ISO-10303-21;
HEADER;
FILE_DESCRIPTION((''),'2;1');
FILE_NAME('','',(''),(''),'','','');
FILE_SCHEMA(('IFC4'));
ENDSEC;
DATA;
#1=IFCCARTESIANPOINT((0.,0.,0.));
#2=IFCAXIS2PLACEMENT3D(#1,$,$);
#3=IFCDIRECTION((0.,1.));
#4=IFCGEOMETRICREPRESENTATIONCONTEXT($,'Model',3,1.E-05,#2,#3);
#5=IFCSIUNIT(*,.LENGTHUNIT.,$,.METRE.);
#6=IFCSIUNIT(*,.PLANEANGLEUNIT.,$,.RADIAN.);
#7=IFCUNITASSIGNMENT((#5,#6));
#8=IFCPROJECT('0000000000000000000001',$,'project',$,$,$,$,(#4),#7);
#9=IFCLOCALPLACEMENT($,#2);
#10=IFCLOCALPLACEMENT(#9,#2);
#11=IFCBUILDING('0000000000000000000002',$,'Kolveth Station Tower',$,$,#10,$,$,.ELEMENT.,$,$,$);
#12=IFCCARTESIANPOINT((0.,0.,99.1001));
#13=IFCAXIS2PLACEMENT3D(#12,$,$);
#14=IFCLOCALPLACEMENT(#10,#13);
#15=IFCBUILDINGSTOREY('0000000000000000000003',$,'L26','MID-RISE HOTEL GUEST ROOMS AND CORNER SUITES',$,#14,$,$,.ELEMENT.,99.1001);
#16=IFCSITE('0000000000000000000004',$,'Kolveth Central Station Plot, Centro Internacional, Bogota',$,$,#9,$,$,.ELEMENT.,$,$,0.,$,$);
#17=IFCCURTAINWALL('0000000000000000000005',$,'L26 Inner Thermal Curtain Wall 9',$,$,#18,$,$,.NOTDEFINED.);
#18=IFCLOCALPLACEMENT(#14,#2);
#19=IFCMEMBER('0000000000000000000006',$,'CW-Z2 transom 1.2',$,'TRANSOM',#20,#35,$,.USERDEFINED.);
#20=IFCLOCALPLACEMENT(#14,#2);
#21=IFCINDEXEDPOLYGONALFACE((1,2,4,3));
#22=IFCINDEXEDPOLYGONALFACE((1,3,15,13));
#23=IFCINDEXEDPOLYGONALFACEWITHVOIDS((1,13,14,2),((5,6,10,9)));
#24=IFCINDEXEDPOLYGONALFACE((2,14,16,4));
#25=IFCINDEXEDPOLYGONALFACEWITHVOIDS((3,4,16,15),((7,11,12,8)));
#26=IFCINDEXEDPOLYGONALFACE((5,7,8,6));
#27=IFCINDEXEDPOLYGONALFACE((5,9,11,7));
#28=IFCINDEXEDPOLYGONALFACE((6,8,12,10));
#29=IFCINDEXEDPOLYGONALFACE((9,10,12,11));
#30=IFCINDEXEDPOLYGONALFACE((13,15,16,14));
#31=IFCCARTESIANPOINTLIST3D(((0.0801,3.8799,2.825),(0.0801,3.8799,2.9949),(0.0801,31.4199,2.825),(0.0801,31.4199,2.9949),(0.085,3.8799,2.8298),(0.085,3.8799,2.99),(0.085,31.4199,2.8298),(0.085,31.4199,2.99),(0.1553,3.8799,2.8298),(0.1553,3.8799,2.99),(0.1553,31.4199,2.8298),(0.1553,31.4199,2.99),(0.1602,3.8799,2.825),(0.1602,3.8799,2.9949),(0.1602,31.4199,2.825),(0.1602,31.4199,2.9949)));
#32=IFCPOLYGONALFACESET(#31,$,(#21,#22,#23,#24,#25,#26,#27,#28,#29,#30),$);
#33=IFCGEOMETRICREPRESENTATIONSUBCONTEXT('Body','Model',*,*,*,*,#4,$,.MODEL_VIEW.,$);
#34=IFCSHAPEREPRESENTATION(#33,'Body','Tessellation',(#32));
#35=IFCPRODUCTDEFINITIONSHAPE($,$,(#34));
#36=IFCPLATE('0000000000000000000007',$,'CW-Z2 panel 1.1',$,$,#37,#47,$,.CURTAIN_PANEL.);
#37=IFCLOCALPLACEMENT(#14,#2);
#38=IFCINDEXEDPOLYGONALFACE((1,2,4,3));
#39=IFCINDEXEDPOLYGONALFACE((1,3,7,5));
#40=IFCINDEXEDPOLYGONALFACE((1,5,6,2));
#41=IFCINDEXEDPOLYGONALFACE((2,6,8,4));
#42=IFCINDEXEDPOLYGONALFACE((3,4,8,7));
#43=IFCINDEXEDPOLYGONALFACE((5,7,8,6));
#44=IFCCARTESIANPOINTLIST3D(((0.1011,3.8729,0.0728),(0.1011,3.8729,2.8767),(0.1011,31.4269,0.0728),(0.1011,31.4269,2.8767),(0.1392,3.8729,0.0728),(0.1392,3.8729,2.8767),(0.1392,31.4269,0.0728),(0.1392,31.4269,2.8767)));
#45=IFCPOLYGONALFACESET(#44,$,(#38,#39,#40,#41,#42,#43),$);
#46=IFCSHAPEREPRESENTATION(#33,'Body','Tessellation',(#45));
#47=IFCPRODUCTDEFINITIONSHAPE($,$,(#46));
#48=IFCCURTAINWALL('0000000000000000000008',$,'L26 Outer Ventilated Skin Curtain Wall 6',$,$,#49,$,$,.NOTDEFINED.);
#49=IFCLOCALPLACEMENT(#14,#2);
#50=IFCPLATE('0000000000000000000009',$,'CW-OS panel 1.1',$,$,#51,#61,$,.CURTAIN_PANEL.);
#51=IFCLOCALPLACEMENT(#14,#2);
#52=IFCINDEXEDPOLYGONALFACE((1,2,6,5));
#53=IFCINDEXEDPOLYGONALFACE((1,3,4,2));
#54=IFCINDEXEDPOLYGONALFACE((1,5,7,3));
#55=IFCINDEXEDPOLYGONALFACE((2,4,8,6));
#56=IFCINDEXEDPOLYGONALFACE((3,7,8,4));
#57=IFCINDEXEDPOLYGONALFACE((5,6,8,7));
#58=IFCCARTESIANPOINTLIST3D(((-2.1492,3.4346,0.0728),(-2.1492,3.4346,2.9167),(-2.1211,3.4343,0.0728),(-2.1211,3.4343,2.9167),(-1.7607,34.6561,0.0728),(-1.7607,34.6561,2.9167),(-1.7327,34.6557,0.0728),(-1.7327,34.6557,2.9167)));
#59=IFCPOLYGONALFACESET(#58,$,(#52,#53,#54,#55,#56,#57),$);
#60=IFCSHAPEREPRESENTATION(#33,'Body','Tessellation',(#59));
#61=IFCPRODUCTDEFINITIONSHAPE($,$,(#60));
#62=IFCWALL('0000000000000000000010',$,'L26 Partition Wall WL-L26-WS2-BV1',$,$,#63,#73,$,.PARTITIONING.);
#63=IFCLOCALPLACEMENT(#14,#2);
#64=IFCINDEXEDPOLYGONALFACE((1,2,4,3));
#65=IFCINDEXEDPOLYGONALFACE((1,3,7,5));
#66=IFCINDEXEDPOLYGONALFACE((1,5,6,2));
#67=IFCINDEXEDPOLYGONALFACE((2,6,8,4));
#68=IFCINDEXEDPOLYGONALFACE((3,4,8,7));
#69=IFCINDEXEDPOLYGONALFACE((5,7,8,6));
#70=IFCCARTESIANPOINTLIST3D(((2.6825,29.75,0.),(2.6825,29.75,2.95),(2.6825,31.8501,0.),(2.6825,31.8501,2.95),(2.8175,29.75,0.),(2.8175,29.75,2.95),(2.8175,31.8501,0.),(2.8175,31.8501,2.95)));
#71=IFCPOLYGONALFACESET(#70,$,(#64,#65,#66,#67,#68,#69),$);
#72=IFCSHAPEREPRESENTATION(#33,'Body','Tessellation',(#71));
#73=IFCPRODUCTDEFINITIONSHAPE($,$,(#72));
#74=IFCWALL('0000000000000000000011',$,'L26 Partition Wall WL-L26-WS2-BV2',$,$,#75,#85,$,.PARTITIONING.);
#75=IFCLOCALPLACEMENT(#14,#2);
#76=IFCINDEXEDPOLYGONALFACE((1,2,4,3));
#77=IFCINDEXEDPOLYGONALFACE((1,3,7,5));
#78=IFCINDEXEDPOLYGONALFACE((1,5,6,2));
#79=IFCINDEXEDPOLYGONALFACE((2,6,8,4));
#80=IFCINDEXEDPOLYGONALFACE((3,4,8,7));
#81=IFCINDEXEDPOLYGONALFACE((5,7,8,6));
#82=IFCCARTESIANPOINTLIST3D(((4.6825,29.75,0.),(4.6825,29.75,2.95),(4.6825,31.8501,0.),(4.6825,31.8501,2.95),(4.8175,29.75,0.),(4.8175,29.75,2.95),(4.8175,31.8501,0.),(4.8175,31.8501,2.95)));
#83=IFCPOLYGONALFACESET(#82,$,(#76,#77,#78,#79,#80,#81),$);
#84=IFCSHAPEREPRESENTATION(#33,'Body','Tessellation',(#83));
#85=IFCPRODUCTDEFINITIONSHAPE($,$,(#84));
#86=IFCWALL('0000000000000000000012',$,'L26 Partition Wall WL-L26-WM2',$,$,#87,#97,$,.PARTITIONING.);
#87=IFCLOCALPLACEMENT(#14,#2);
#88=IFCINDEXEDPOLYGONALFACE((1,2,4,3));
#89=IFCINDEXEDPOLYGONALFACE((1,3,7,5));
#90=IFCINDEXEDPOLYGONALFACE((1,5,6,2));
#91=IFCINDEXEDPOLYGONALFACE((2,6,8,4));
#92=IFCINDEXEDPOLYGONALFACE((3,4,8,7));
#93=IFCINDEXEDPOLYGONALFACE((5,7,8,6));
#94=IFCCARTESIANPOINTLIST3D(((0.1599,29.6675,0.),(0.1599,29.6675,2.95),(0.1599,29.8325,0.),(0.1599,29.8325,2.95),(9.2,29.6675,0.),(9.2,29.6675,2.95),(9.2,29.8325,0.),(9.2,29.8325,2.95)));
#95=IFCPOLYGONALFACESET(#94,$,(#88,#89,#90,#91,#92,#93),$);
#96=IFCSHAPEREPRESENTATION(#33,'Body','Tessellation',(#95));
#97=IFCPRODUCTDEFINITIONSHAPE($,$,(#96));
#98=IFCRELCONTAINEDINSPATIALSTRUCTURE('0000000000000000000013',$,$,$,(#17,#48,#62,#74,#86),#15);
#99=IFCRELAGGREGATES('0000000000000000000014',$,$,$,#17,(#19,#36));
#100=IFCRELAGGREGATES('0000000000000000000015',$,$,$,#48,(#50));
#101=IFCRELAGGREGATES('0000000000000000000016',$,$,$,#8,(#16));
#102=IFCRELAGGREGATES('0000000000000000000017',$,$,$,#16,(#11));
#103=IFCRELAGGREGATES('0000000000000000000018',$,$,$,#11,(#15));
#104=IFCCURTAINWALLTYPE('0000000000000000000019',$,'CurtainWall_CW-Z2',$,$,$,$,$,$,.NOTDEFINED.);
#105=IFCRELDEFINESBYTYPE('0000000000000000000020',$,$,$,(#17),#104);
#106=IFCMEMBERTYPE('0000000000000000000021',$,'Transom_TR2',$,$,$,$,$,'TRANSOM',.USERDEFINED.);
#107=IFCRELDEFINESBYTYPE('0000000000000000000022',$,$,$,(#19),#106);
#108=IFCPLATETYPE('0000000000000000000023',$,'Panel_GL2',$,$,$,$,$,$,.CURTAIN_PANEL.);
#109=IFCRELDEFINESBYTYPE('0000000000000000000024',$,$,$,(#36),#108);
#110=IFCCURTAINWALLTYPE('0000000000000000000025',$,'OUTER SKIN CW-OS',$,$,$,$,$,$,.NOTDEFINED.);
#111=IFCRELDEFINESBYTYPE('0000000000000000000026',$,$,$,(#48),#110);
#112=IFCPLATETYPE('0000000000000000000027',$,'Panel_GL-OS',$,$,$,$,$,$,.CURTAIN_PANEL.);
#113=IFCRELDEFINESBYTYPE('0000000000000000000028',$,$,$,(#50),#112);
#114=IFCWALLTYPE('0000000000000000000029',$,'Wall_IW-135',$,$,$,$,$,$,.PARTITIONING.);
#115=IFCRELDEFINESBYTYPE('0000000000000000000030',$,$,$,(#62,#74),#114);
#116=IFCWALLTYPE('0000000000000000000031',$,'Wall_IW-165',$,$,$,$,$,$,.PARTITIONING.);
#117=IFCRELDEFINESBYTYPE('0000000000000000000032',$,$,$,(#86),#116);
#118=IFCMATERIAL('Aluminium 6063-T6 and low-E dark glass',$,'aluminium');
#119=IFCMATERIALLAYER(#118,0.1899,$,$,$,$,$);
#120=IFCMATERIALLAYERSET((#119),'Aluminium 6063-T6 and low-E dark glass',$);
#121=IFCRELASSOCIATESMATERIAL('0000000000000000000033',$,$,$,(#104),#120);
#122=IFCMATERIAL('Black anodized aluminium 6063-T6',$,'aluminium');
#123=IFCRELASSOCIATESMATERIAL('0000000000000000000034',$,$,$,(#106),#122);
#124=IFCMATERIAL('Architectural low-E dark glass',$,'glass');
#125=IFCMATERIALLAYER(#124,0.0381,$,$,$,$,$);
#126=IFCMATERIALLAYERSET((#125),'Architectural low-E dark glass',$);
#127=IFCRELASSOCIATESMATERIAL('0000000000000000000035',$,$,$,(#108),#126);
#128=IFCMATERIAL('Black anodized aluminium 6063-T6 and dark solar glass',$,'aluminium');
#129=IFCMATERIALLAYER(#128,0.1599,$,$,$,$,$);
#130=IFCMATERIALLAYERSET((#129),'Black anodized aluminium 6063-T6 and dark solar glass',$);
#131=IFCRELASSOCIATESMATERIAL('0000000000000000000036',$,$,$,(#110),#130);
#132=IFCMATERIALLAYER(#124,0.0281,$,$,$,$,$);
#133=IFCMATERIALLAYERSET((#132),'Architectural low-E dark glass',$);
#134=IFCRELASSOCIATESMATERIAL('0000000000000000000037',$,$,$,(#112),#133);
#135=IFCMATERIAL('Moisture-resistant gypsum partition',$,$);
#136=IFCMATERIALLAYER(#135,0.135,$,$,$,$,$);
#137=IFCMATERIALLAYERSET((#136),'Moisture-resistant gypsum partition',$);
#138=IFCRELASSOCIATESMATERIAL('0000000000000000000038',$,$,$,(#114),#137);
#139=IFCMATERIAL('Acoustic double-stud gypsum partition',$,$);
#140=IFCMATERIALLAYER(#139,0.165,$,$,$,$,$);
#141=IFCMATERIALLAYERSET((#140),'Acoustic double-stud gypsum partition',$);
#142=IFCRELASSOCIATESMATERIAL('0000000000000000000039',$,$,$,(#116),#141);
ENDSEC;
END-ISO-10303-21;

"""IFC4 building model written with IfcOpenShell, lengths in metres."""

from ifc_helpers import new_model, si_unit, direction, frame, frame_2d, origin, origin_2d, place, context, subcontext, project, spatial, rectangle, hollow_rectangle, extrude, source, transform, mapped, material, layer, layer_set, material_profile, profile_set, type_object, element, aggregate, save


model = new_model("IFC4")

# Units and contexts
model_context = context("Model", 3, precision=1e-05, world=origin(), true_north=direction((0.0, 1.0)))
body_context = subcontext(model_context, "Body", "Model", "MODEL_VIEW")
ifc_project = project(units=[si_unit("LENGTHUNIT", "METRE"), si_unit("PLANEANGLEUNIT", "RADIAN")], contexts=[model_context])

# Site, building, storey
site_placement = place(None, origin())
site = spatial("IfcSite", under=ifc_project, at=site_placement, Name="Kolveth Central Station Plot, Centro Internacional, Bogota", CompositionType="ELEMENT", RefElevation=0.0)
building_placement = place(site_placement, origin())
building = spatial("IfcBuilding", under=site, at=building_placement, Name="Kolveth Station Tower", CompositionType="ELEMENT")
storey_placement = place(building_placement, frame((0.0, 0.0, 99.1001)))
storey = spatial("IfcBuildingStorey", under=building, at=storey_placement, Name="L26", Description="MID-RISE HOTEL GUEST ROOMS AND CORNER SUITES", CompositionType="ELEMENT", Elevation=99.1001)

# Shared definitions
ifc_material_1 = material(Name="Aluminium 6063-T6 and low-E dark glass", Category="aluminium")
ifc_layer_1 = layer(ifc_material_1, 0.1899)
ifc_layer_set_1 = layer_set([ifc_layer_1], Name="Aluminium 6063-T6 and low-E dark glass")
curtain_wall_type_1 = type_object("IfcCurtainWallType", Name="CurtainWall_CW-Z2", PredefinedType="NOTDEFINED", material=ifc_layer_set_1)
ifc_material_2 = material(Name="Black anodized aluminium 6063-T6", Category="aluminium")

# Curtain wall, member, plate
curtain_wall_1_placement = place(storey_placement, origin())
curtain_wall_1 = element("IfcCurtainWall", 1, at=curtain_wall_1_placement, inside=storey, type_object=curtain_wall_type_1, Name="L26 Inner Thermal Curtain Wall 9", PredefinedType="NOTDEFINED")
ifc_material_profile_1 = material_profile(ifc_material_2, hollow_rectangle(XDim=0.0801, YDim=0.1699, WallThickness=0.0049, at=origin_2d()), Name="ALU-80x170x5")
ifc_profile_set_1 = profile_set([ifc_material_profile_1], Name="Black anodized aluminium 6063-T6")
member_type_1 = type_object("IfcMemberType", Name="Transom_TR2", ElementType="TRANSOM", PredefinedType="USERDEFINED", material=ifc_profile_set_1)
shared_shape_1 = source(origin(), body_context, "Body", "SweptSolid", [
    extrude(hollow_rectangle(XDim=0.0801, YDim=0.1699, WallThickness=0.0049, at=origin_2d()), origin(), (0.0, 0.0, 1.0), 27.54),
])
member_1_placement = place(storey_placement, frame((0.1201, 31.4199, 2.9099), z_axis=(0.0, -1.0, 0.0), x_axis=(1.0, 0.0, 0.0)))
member_1 = element("IfcMember", 2, at=member_1_placement, type_object=member_type_1, Name="CW-Z2 transom 1.2", ObjectType="TRANSOM", PredefinedType="USERDEFINED", context=body_context, shape_type="MappedRepresentation", body=[
    mapped(shared_shape_1, transform((0.0, 0.0, 0.0), x_axis=(1.0, 0.0, 0.0), y_axis=(0.0, 1.0, 0.0), z_axis=(0.0, 0.0, 1.0), scale=1.0)),
])
ifc_material_3 = material(Name="Architectural low-E dark glass", Category="glass")
ifc_layer_2 = layer(ifc_material_3, 0.0381)
ifc_layer_set_2 = layer_set([ifc_layer_2], Name="Architectural low-E dark glass")
plate_type_1 = type_object("IfcPlateType", Name="Panel_GL2", PredefinedType="CURTAIN_PANEL", material=ifc_layer_set_2)
shared_shape_2 = source(origin(), body_context, "Body", "SweptSolid", [
    extrude(rectangle(XDim=27.554, YDim=0.0381, at=origin_2d()), origin(), (0.0, 0.0, 1.0), 2.804),
])
plate_1_placement = place(storey_placement, frame((0.1201, 17.6499, 0.0728), z_axis=(0.0, 0.0, 1.0), x_axis=(0.0, -1.0, 0.0)))
plate_1 = element("IfcPlate", 3, at=plate_1_placement, type_object=plate_type_1, Name="CW-Z2 panel 1.1", PredefinedType="CURTAIN_PANEL", context=body_context, shape_type="MappedRepresentation", body=[
    mapped(shared_shape_2, transform((0.0, 0.0, 0.0), x_axis=(1.0, 0.0, 0.0), y_axis=(0.0, 1.0, 0.0), z_axis=(0.0, 0.0, 1.0), scale=1.0)),
])
aggregate(curtain_wall_1, [member_1, plate_1])

# Curtain wall, plate
ifc_material_4 = material(Name="Black anodized aluminium 6063-T6 and dark solar glass", Category="aluminium")
ifc_layer_3 = layer(ifc_material_4, 0.1599)
ifc_layer_set_3 = layer_set([ifc_layer_3], Name="Black anodized aluminium 6063-T6 and dark solar glass")
curtain_wall_type_2 = type_object("IfcCurtainWallType", Name="OUTER SKIN CW-OS", PredefinedType="NOTDEFINED", material=ifc_layer_set_3)
curtain_wall_2_placement = place(storey_placement, origin())
curtain_wall_2 = element("IfcCurtainWall", 4, at=curtain_wall_2_placement, inside=storey, type_object=curtain_wall_type_2, Name="L26 Outer Ventilated Skin Curtain Wall 6", PredefinedType="NOTDEFINED")
ifc_layer_4 = layer(ifc_material_3, 0.0281)
ifc_layer_set_4 = layer_set([ifc_layer_4], Name="Architectural low-E dark glass")
plate_type_2 = type_object("IfcPlateType", Name="Panel_GL-OS", PredefinedType="CURTAIN_PANEL", material=ifc_layer_set_4)
shared_shape_3 = source(origin(), body_context, "Body", "SweptSolid", [
    extrude(rectangle(XDim=31.2239, YDim=0.0281, at=origin_2d()), origin(), (0.0, 0.0, 1.0), 2.844),
])
plate_2_placement = place(storey_placement, frame((-1.9409, 19.0452, 0.0728), z_axis=(0.0, 0.0, 1.0), x_axis=(-0.01244, -0.999923, 0.0)))
plate_2 = element("IfcPlate", 5, at=plate_2_placement, type_object=plate_type_2, Name="CW-OS panel 1.1", PredefinedType="CURTAIN_PANEL", context=body_context, shape_type="MappedRepresentation", body=[
    mapped(shared_shape_3, transform((0.0, 0.0, 0.0), x_axis=(1.0, 0.0, 0.0), y_axis=(0.0, 1.0, 0.0), z_axis=(0.0, 0.0, 1.0), scale=1.0)),
])
aggregate(curtain_wall_2, [plate_2])

# Walls
ifc_material_5 = material(Name="Moisture-resistant gypsum partition")
ifc_layer_5 = layer(ifc_material_5, 0.135)
ifc_layer_set_5 = layer_set([ifc_layer_5], Name="Moisture-resistant gypsum partition")
wall_type_1 = type_object("IfcWallType", Name="Wall_IW-135", PredefinedType="PARTITIONING", material=ifc_layer_set_5)
for number, where, z_axis, x_axis, name in (
    (6, (2.75, 29.75, 0.0), (0.0, 0.0, 1.0), (0.0, 1.0, 0.0), "L26 Partition Wall WL-L26-WS2-BV1"),
    (7, (4.75, 29.75, 0.0), (0.0, 0.0, 1.0), (0.0, 1.0, 0.0), "L26 Partition Wall WL-L26-WS2-BV2"),
):
    element("IfcWall", number, at=place(storey_placement, frame(where, z_axis=z_axis, x_axis=x_axis)), inside=storey, type_object=wall_type_1, Name=name, PredefinedType="PARTITIONING", context=body_context, shape_type="SweptSolid", body=[
        extrude(rectangle(XDim=2.1001, YDim=0.135, at=frame_2d((1.05, 0.0))), origin(), (0.0, 0.0, 1.0), 2.95),
    ])
ifc_material_6 = material(Name="Acoustic double-stud gypsum partition")
ifc_layer_6 = layer(ifc_material_6, 0.165)
ifc_layer_set_6 = layer_set([ifc_layer_6], Name="Acoustic double-stud gypsum partition")
wall_type_2 = type_object("IfcWallType", Name="Wall_IW-165", PredefinedType="PARTITIONING", material=ifc_layer_set_6)
wall_placement = place(storey_placement, frame((0.1599, 29.75, 0.0), z_axis=(0.0, 0.0, 1.0), x_axis=(1.0, 0.0, 0.0)))
element("IfcWall", 8, at=wall_placement, inside=storey, type_object=wall_type_2, Name="L26 Partition Wall WL-L26-WM2", PredefinedType="PARTITIONING", context=body_context, shape_type="SweptSolid", body=[
    extrude(rectangle(XDim=9.04, YDim=0.165, at=frame_2d((4.52, 0.0))), origin(), (0.0, 0.0, 1.0), 2.95),
])

save(model, "model.ifc")
